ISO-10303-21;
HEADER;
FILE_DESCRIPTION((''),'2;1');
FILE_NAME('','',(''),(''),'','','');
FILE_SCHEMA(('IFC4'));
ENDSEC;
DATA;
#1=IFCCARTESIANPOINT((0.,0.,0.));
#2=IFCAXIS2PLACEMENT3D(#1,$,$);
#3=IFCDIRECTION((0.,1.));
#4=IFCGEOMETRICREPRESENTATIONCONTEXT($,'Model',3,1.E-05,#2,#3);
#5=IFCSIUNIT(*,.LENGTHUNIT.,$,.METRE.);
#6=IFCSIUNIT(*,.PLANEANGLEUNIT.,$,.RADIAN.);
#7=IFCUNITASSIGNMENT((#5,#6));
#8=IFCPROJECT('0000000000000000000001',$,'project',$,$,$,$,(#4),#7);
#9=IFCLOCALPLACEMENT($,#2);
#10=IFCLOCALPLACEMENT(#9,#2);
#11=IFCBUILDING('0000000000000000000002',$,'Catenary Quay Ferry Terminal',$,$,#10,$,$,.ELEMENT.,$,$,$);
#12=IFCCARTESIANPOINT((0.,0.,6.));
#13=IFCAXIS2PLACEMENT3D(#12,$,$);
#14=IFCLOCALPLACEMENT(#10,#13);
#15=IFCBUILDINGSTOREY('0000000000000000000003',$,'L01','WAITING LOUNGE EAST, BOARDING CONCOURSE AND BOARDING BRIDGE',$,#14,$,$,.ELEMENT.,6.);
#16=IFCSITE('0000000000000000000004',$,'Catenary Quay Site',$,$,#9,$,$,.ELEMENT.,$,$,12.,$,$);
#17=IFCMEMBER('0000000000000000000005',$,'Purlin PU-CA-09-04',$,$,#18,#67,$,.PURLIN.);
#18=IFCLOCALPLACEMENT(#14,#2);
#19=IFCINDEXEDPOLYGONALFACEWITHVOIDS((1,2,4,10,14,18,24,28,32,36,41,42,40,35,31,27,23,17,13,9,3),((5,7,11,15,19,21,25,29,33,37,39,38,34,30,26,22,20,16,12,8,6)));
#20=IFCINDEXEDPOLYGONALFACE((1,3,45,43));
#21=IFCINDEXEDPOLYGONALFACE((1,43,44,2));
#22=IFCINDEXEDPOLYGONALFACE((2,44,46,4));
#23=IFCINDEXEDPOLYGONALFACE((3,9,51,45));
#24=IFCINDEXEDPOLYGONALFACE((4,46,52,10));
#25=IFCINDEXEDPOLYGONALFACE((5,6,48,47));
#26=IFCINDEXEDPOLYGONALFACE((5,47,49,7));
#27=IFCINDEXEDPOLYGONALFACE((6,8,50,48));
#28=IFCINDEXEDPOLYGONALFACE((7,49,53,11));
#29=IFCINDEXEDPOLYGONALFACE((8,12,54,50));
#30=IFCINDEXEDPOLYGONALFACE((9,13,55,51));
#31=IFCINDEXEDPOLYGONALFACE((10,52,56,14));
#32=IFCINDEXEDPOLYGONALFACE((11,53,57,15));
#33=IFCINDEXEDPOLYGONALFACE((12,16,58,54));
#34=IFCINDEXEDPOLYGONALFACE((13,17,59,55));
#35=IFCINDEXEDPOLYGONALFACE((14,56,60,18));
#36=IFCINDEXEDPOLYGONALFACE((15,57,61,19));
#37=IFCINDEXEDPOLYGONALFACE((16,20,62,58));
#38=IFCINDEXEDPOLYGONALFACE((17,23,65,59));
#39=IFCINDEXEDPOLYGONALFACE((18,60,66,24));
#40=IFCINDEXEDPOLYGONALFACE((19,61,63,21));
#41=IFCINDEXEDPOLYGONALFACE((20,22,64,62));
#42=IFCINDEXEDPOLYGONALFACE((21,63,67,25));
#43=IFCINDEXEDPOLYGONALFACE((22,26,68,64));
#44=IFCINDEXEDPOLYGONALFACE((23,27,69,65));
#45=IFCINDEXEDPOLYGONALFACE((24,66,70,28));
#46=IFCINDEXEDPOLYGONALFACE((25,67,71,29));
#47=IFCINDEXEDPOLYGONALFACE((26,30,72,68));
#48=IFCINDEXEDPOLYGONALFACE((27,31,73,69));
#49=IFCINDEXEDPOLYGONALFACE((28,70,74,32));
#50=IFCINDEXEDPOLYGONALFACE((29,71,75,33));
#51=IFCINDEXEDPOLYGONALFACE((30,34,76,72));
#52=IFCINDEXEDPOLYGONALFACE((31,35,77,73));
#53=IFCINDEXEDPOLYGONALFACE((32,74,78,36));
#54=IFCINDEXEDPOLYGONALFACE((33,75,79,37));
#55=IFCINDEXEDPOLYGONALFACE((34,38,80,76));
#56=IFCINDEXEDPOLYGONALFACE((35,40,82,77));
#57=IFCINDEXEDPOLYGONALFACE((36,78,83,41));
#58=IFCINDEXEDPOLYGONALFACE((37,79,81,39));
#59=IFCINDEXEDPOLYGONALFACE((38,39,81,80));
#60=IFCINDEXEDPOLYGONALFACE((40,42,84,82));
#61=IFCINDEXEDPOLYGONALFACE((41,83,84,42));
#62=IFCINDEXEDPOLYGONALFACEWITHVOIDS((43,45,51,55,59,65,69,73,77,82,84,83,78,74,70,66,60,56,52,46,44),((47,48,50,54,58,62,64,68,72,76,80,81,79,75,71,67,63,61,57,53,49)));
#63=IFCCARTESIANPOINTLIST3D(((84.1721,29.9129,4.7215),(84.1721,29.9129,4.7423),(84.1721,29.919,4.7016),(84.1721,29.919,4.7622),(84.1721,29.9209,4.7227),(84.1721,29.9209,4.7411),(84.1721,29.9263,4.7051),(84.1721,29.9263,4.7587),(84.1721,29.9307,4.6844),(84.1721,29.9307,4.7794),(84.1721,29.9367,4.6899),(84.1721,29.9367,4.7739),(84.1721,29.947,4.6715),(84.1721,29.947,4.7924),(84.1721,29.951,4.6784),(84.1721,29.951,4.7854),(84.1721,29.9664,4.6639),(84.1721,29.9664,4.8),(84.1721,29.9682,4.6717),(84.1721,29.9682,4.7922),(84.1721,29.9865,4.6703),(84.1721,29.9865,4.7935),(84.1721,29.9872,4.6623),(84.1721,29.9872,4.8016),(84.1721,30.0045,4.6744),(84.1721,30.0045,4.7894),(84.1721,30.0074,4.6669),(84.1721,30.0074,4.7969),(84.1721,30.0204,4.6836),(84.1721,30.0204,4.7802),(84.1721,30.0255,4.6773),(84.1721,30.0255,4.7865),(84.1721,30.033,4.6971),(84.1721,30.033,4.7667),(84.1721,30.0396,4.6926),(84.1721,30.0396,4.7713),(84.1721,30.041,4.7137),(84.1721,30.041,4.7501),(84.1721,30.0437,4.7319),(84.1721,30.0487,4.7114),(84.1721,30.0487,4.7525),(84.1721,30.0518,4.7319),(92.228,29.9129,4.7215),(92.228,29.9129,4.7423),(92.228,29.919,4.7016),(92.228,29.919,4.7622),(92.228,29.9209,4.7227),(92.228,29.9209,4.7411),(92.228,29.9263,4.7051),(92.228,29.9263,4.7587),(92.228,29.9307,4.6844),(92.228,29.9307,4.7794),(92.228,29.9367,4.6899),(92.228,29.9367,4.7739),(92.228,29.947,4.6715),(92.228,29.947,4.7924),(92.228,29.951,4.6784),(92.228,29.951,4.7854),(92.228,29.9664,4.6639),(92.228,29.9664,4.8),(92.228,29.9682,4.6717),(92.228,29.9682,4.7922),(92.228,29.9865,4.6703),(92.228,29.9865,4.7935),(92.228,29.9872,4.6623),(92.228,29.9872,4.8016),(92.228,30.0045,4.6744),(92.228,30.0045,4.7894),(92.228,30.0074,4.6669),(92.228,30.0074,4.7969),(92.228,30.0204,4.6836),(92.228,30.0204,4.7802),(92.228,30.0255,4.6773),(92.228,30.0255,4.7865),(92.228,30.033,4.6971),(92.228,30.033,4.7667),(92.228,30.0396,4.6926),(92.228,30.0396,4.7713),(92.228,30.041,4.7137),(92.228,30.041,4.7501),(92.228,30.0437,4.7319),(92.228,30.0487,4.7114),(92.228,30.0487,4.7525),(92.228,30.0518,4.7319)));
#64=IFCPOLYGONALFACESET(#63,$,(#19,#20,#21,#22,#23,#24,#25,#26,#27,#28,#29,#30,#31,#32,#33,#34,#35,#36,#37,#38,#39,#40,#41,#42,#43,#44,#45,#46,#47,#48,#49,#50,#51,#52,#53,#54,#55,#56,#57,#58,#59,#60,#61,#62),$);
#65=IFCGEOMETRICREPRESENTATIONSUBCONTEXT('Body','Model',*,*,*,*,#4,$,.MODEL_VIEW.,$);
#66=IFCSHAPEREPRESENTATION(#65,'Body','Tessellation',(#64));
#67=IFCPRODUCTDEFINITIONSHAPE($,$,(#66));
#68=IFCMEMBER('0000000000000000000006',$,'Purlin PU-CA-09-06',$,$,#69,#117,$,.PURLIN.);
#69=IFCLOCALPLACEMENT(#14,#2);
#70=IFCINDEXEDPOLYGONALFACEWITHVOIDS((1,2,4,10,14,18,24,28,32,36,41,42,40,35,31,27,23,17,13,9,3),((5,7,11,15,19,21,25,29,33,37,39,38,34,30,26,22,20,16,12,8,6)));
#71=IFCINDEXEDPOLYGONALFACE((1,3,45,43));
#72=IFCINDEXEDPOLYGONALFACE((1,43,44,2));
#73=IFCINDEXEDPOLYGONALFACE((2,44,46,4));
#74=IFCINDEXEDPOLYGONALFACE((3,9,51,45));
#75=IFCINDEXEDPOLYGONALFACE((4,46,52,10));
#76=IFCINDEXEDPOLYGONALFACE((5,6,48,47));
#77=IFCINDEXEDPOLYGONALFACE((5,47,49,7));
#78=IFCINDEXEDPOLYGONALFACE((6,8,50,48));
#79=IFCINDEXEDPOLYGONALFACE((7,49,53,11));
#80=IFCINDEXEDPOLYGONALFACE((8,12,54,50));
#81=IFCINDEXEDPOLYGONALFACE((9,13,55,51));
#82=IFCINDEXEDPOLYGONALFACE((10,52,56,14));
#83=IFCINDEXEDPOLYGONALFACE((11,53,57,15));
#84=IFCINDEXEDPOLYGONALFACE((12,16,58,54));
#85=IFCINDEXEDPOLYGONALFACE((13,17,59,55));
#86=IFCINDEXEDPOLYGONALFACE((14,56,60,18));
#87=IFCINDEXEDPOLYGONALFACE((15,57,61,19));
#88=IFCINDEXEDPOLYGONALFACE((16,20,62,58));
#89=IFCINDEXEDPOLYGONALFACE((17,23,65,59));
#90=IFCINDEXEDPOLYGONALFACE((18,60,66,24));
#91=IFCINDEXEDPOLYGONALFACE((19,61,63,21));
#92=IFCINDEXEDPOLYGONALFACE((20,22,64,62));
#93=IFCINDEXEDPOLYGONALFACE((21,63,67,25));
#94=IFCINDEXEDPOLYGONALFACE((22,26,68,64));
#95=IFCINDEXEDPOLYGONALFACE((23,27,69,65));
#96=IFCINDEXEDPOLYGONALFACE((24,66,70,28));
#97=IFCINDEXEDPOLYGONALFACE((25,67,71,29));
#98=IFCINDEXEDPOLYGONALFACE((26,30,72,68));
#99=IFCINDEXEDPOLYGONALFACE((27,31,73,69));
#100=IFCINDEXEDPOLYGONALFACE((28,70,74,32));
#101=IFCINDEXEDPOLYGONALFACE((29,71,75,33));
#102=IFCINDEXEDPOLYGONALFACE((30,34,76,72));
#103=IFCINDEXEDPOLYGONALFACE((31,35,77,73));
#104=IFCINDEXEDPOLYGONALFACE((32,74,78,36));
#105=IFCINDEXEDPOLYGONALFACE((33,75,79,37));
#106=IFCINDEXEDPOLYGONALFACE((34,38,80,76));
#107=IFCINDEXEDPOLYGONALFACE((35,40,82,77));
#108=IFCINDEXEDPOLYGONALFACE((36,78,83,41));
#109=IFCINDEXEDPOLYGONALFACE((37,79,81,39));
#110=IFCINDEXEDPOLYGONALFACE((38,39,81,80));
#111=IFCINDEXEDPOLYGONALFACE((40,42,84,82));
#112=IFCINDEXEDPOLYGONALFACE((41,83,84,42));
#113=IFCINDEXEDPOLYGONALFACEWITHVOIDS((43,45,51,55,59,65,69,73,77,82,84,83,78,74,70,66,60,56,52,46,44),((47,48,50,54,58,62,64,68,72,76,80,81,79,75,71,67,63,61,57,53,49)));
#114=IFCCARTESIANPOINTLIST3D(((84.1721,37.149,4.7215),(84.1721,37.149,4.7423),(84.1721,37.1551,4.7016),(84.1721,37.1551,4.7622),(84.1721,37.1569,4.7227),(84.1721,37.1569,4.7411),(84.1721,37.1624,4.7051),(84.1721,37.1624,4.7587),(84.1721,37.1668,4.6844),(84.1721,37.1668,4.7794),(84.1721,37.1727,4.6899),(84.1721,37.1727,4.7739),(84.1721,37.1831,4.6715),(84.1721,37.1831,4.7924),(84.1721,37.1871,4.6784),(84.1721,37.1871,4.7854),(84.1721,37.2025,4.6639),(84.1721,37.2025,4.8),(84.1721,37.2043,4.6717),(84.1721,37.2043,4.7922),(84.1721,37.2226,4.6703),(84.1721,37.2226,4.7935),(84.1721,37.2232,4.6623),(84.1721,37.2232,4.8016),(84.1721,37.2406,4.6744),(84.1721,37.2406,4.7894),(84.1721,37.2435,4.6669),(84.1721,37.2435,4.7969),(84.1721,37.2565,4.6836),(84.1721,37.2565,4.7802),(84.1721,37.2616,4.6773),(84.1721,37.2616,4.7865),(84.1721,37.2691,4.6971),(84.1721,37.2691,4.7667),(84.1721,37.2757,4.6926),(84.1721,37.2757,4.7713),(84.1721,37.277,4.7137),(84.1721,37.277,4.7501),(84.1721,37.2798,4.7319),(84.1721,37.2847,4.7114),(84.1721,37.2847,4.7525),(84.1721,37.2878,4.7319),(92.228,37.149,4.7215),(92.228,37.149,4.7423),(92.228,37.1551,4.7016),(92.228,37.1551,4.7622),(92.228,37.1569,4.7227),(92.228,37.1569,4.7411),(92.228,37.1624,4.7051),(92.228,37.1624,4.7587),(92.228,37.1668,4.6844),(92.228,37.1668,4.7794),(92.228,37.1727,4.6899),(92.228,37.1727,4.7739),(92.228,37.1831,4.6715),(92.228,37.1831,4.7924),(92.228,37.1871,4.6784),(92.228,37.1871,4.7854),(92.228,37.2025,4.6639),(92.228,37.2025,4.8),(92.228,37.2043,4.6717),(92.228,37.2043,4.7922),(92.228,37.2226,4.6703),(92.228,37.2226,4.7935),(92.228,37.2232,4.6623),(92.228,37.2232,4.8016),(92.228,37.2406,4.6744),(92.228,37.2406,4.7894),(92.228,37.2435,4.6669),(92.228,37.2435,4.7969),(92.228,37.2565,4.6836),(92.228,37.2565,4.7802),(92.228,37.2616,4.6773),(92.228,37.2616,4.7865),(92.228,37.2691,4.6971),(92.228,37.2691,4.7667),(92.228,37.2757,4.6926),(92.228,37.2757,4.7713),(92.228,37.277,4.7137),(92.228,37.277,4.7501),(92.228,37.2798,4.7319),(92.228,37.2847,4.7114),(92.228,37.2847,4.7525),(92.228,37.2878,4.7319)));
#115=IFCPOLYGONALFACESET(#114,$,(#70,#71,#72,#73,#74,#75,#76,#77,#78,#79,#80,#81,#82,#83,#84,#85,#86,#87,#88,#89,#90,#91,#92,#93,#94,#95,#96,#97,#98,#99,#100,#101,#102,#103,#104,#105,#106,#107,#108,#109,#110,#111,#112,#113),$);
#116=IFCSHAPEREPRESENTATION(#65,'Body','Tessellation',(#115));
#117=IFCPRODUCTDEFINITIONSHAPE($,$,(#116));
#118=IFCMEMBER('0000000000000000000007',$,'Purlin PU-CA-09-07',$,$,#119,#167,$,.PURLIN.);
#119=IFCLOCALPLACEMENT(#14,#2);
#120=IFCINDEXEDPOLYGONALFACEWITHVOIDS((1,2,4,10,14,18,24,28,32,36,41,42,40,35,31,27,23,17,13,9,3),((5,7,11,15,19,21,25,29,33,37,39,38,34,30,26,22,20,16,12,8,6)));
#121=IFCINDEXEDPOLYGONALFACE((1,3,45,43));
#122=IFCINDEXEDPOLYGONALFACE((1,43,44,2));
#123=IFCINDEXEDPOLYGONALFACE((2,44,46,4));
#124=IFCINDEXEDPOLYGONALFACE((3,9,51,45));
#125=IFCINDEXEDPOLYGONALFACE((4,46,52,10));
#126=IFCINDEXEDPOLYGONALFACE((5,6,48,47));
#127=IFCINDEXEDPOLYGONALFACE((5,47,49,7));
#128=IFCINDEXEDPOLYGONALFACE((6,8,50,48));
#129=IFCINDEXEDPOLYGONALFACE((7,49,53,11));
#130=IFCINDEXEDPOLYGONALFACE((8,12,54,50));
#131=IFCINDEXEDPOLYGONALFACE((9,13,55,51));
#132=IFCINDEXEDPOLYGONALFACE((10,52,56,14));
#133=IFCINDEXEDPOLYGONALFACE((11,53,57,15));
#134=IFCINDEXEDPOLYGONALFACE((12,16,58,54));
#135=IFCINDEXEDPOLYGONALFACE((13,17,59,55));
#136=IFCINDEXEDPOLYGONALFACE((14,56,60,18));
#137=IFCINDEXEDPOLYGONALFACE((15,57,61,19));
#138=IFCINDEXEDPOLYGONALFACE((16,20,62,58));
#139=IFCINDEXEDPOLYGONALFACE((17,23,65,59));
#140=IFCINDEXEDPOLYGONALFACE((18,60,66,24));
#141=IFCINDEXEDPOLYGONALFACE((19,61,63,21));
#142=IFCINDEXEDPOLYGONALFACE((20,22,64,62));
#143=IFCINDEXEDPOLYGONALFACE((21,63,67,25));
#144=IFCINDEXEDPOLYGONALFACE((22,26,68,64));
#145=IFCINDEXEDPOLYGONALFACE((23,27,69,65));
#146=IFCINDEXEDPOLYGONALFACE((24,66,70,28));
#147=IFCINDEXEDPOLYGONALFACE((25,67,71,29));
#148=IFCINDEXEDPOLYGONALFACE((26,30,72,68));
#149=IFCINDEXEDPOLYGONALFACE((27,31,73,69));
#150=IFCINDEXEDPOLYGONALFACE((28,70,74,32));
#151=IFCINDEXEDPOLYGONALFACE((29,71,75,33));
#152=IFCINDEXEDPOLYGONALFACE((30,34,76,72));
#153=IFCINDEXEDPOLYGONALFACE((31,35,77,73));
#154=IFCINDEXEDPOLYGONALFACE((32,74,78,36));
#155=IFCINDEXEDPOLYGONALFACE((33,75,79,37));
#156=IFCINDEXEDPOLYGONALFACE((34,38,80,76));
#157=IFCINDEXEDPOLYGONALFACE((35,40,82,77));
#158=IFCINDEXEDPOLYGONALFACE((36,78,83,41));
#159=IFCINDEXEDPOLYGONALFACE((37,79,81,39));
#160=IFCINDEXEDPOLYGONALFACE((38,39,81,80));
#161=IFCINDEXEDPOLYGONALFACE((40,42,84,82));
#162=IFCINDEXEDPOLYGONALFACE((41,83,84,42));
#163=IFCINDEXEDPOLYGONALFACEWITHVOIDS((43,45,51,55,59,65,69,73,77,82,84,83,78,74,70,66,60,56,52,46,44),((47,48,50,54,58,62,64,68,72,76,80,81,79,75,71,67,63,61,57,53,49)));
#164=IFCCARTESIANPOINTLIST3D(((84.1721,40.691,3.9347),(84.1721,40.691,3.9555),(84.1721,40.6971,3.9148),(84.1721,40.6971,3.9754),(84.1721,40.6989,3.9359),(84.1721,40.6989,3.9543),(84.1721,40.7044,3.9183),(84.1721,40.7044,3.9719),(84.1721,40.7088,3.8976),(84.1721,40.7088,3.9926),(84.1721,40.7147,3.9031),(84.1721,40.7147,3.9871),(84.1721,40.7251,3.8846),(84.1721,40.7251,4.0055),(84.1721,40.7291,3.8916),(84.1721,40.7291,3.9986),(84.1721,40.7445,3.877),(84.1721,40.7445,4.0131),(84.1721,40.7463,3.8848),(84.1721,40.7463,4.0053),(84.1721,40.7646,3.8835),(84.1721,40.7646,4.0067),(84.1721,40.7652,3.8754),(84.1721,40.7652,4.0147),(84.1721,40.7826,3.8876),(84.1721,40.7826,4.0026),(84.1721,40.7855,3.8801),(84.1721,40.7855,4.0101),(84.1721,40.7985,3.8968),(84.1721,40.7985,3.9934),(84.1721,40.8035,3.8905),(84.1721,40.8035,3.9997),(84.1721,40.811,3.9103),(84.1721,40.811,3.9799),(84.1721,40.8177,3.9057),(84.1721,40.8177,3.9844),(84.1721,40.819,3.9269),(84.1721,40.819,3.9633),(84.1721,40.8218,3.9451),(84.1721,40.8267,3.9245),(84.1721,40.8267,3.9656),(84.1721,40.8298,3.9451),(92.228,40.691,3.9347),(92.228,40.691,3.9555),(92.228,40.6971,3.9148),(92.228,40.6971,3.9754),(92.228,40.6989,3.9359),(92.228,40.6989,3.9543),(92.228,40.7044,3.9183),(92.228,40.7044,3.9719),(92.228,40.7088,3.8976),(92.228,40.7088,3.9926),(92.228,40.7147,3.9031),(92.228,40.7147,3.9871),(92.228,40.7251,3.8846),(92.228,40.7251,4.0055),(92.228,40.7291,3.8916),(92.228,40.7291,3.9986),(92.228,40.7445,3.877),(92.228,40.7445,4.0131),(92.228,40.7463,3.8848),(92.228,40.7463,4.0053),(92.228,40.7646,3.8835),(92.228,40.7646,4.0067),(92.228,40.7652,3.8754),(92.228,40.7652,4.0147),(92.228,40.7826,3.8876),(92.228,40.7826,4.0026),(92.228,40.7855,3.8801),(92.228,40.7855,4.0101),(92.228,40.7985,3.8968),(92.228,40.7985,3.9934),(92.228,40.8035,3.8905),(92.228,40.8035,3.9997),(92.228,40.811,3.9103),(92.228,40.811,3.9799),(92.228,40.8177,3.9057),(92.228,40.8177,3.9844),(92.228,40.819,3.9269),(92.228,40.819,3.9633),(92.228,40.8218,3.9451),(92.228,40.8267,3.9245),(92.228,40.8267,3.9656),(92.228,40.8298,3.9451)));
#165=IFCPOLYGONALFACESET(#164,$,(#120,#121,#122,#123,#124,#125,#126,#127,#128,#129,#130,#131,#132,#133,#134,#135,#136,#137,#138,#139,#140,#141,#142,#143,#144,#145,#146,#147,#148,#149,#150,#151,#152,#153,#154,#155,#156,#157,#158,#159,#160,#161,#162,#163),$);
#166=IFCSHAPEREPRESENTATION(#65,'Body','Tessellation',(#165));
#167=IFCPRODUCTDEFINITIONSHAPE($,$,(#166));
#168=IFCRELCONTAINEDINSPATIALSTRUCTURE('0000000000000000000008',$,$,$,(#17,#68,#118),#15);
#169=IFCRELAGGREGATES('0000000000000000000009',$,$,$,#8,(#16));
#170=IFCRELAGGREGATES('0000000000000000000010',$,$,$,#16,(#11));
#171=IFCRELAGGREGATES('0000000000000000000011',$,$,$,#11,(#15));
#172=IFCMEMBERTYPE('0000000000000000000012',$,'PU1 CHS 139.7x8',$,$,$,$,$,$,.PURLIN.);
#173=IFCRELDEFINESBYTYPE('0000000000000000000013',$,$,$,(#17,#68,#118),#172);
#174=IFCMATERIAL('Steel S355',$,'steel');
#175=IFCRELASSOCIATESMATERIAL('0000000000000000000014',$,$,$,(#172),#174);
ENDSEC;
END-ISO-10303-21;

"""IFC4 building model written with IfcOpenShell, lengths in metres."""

from ifc_helpers import new_model, si_unit, direction, frame, origin, origin_2d, place, context, subcontext, project, spatial, hollow_circle, extrude, material, material_profile, profile_set, type_object, element, save


model = new_model("IFC4")

# Units and contexts
model_context = context("Model", 3, precision=1e-05, world=origin(), true_north=direction((0.0, 1.0)))
body_context = subcontext(model_context, "Body", "Model", "MODEL_VIEW")
ifc_project = project(units=[si_unit("LENGTHUNIT", "METRE"), si_unit("PLANEANGLEUNIT", "RADIAN")], contexts=[model_context])

# Site, building, storey
site_placement = place(None, origin())
site = spatial("IfcSite", under=ifc_project, at=site_placement, Name="Catenary Quay Site", CompositionType="ELEMENT", RefElevation=12.0)
building_placement = place(site_placement, origin())
building = spatial("IfcBuilding", under=site, at=building_placement, Name="Catenary Quay Ferry Terminal", CompositionType="ELEMENT")
storey_placement = place(building_placement, frame((0.0, 0.0, 6.0)))
storey = spatial("IfcBuildingStorey", under=building, at=storey_placement, Name="L01", Description="WAITING LOUNGE EAST, BOARDING CONCOURSE AND BOARDING BRIDGE", CompositionType="ELEMENT", Elevation=6.0)

# Members
ifc_material_1 = material(Name="Steel S355", Category="steel")
ifc_material_profile_1 = material_profile(ifc_material_1, hollow_circle(Radius=0.0698, WallThickness=0.0081, at=origin_2d()), Name="CHS 139.7x8")
ifc_profile_set_1 = profile_set([ifc_material_profile_1], Name="Steel S355")
member_type_1 = type_object("IfcMemberType", Name="PU1 CHS 139.7x8", PredefinedType="PURLIN", material=ifc_profile_set_1)
for number, where, z_axis, x_axis, name in (
    (1, (84.1721, 29.9819, 4.7319), (1.0, 0.0, 0.0), (0.0, 1.0, 0.0), "Purlin PU-CA-09-04"),
    (2, (84.1721, 37.218, 4.7319), (1.0, 0.0, 0.0), (0.0, 1.0, 0.0), "Purlin PU-CA-09-06"),
    (3, (84.1721, 40.76, 3.9451), (1.0, 0.0, 0.0), (0.0, 1.0, 0.0), "Purlin PU-CA-09-07"),
):
    element("IfcMember", number, at=place(storey_placement, frame(where, z_axis=z_axis, x_axis=x_axis)), inside=storey, type_object=member_type_1, Name=name, PredefinedType="PURLIN", context=body_context, shape_type="SweptSolid", body=[
        extrude(hollow_circle(Radius=0.0698, WallThickness=0.0081, at=origin_2d()), origin(), (0.0, 0.0, 1.0), 8.0559),
    ])

save(model, "model.ifc")
